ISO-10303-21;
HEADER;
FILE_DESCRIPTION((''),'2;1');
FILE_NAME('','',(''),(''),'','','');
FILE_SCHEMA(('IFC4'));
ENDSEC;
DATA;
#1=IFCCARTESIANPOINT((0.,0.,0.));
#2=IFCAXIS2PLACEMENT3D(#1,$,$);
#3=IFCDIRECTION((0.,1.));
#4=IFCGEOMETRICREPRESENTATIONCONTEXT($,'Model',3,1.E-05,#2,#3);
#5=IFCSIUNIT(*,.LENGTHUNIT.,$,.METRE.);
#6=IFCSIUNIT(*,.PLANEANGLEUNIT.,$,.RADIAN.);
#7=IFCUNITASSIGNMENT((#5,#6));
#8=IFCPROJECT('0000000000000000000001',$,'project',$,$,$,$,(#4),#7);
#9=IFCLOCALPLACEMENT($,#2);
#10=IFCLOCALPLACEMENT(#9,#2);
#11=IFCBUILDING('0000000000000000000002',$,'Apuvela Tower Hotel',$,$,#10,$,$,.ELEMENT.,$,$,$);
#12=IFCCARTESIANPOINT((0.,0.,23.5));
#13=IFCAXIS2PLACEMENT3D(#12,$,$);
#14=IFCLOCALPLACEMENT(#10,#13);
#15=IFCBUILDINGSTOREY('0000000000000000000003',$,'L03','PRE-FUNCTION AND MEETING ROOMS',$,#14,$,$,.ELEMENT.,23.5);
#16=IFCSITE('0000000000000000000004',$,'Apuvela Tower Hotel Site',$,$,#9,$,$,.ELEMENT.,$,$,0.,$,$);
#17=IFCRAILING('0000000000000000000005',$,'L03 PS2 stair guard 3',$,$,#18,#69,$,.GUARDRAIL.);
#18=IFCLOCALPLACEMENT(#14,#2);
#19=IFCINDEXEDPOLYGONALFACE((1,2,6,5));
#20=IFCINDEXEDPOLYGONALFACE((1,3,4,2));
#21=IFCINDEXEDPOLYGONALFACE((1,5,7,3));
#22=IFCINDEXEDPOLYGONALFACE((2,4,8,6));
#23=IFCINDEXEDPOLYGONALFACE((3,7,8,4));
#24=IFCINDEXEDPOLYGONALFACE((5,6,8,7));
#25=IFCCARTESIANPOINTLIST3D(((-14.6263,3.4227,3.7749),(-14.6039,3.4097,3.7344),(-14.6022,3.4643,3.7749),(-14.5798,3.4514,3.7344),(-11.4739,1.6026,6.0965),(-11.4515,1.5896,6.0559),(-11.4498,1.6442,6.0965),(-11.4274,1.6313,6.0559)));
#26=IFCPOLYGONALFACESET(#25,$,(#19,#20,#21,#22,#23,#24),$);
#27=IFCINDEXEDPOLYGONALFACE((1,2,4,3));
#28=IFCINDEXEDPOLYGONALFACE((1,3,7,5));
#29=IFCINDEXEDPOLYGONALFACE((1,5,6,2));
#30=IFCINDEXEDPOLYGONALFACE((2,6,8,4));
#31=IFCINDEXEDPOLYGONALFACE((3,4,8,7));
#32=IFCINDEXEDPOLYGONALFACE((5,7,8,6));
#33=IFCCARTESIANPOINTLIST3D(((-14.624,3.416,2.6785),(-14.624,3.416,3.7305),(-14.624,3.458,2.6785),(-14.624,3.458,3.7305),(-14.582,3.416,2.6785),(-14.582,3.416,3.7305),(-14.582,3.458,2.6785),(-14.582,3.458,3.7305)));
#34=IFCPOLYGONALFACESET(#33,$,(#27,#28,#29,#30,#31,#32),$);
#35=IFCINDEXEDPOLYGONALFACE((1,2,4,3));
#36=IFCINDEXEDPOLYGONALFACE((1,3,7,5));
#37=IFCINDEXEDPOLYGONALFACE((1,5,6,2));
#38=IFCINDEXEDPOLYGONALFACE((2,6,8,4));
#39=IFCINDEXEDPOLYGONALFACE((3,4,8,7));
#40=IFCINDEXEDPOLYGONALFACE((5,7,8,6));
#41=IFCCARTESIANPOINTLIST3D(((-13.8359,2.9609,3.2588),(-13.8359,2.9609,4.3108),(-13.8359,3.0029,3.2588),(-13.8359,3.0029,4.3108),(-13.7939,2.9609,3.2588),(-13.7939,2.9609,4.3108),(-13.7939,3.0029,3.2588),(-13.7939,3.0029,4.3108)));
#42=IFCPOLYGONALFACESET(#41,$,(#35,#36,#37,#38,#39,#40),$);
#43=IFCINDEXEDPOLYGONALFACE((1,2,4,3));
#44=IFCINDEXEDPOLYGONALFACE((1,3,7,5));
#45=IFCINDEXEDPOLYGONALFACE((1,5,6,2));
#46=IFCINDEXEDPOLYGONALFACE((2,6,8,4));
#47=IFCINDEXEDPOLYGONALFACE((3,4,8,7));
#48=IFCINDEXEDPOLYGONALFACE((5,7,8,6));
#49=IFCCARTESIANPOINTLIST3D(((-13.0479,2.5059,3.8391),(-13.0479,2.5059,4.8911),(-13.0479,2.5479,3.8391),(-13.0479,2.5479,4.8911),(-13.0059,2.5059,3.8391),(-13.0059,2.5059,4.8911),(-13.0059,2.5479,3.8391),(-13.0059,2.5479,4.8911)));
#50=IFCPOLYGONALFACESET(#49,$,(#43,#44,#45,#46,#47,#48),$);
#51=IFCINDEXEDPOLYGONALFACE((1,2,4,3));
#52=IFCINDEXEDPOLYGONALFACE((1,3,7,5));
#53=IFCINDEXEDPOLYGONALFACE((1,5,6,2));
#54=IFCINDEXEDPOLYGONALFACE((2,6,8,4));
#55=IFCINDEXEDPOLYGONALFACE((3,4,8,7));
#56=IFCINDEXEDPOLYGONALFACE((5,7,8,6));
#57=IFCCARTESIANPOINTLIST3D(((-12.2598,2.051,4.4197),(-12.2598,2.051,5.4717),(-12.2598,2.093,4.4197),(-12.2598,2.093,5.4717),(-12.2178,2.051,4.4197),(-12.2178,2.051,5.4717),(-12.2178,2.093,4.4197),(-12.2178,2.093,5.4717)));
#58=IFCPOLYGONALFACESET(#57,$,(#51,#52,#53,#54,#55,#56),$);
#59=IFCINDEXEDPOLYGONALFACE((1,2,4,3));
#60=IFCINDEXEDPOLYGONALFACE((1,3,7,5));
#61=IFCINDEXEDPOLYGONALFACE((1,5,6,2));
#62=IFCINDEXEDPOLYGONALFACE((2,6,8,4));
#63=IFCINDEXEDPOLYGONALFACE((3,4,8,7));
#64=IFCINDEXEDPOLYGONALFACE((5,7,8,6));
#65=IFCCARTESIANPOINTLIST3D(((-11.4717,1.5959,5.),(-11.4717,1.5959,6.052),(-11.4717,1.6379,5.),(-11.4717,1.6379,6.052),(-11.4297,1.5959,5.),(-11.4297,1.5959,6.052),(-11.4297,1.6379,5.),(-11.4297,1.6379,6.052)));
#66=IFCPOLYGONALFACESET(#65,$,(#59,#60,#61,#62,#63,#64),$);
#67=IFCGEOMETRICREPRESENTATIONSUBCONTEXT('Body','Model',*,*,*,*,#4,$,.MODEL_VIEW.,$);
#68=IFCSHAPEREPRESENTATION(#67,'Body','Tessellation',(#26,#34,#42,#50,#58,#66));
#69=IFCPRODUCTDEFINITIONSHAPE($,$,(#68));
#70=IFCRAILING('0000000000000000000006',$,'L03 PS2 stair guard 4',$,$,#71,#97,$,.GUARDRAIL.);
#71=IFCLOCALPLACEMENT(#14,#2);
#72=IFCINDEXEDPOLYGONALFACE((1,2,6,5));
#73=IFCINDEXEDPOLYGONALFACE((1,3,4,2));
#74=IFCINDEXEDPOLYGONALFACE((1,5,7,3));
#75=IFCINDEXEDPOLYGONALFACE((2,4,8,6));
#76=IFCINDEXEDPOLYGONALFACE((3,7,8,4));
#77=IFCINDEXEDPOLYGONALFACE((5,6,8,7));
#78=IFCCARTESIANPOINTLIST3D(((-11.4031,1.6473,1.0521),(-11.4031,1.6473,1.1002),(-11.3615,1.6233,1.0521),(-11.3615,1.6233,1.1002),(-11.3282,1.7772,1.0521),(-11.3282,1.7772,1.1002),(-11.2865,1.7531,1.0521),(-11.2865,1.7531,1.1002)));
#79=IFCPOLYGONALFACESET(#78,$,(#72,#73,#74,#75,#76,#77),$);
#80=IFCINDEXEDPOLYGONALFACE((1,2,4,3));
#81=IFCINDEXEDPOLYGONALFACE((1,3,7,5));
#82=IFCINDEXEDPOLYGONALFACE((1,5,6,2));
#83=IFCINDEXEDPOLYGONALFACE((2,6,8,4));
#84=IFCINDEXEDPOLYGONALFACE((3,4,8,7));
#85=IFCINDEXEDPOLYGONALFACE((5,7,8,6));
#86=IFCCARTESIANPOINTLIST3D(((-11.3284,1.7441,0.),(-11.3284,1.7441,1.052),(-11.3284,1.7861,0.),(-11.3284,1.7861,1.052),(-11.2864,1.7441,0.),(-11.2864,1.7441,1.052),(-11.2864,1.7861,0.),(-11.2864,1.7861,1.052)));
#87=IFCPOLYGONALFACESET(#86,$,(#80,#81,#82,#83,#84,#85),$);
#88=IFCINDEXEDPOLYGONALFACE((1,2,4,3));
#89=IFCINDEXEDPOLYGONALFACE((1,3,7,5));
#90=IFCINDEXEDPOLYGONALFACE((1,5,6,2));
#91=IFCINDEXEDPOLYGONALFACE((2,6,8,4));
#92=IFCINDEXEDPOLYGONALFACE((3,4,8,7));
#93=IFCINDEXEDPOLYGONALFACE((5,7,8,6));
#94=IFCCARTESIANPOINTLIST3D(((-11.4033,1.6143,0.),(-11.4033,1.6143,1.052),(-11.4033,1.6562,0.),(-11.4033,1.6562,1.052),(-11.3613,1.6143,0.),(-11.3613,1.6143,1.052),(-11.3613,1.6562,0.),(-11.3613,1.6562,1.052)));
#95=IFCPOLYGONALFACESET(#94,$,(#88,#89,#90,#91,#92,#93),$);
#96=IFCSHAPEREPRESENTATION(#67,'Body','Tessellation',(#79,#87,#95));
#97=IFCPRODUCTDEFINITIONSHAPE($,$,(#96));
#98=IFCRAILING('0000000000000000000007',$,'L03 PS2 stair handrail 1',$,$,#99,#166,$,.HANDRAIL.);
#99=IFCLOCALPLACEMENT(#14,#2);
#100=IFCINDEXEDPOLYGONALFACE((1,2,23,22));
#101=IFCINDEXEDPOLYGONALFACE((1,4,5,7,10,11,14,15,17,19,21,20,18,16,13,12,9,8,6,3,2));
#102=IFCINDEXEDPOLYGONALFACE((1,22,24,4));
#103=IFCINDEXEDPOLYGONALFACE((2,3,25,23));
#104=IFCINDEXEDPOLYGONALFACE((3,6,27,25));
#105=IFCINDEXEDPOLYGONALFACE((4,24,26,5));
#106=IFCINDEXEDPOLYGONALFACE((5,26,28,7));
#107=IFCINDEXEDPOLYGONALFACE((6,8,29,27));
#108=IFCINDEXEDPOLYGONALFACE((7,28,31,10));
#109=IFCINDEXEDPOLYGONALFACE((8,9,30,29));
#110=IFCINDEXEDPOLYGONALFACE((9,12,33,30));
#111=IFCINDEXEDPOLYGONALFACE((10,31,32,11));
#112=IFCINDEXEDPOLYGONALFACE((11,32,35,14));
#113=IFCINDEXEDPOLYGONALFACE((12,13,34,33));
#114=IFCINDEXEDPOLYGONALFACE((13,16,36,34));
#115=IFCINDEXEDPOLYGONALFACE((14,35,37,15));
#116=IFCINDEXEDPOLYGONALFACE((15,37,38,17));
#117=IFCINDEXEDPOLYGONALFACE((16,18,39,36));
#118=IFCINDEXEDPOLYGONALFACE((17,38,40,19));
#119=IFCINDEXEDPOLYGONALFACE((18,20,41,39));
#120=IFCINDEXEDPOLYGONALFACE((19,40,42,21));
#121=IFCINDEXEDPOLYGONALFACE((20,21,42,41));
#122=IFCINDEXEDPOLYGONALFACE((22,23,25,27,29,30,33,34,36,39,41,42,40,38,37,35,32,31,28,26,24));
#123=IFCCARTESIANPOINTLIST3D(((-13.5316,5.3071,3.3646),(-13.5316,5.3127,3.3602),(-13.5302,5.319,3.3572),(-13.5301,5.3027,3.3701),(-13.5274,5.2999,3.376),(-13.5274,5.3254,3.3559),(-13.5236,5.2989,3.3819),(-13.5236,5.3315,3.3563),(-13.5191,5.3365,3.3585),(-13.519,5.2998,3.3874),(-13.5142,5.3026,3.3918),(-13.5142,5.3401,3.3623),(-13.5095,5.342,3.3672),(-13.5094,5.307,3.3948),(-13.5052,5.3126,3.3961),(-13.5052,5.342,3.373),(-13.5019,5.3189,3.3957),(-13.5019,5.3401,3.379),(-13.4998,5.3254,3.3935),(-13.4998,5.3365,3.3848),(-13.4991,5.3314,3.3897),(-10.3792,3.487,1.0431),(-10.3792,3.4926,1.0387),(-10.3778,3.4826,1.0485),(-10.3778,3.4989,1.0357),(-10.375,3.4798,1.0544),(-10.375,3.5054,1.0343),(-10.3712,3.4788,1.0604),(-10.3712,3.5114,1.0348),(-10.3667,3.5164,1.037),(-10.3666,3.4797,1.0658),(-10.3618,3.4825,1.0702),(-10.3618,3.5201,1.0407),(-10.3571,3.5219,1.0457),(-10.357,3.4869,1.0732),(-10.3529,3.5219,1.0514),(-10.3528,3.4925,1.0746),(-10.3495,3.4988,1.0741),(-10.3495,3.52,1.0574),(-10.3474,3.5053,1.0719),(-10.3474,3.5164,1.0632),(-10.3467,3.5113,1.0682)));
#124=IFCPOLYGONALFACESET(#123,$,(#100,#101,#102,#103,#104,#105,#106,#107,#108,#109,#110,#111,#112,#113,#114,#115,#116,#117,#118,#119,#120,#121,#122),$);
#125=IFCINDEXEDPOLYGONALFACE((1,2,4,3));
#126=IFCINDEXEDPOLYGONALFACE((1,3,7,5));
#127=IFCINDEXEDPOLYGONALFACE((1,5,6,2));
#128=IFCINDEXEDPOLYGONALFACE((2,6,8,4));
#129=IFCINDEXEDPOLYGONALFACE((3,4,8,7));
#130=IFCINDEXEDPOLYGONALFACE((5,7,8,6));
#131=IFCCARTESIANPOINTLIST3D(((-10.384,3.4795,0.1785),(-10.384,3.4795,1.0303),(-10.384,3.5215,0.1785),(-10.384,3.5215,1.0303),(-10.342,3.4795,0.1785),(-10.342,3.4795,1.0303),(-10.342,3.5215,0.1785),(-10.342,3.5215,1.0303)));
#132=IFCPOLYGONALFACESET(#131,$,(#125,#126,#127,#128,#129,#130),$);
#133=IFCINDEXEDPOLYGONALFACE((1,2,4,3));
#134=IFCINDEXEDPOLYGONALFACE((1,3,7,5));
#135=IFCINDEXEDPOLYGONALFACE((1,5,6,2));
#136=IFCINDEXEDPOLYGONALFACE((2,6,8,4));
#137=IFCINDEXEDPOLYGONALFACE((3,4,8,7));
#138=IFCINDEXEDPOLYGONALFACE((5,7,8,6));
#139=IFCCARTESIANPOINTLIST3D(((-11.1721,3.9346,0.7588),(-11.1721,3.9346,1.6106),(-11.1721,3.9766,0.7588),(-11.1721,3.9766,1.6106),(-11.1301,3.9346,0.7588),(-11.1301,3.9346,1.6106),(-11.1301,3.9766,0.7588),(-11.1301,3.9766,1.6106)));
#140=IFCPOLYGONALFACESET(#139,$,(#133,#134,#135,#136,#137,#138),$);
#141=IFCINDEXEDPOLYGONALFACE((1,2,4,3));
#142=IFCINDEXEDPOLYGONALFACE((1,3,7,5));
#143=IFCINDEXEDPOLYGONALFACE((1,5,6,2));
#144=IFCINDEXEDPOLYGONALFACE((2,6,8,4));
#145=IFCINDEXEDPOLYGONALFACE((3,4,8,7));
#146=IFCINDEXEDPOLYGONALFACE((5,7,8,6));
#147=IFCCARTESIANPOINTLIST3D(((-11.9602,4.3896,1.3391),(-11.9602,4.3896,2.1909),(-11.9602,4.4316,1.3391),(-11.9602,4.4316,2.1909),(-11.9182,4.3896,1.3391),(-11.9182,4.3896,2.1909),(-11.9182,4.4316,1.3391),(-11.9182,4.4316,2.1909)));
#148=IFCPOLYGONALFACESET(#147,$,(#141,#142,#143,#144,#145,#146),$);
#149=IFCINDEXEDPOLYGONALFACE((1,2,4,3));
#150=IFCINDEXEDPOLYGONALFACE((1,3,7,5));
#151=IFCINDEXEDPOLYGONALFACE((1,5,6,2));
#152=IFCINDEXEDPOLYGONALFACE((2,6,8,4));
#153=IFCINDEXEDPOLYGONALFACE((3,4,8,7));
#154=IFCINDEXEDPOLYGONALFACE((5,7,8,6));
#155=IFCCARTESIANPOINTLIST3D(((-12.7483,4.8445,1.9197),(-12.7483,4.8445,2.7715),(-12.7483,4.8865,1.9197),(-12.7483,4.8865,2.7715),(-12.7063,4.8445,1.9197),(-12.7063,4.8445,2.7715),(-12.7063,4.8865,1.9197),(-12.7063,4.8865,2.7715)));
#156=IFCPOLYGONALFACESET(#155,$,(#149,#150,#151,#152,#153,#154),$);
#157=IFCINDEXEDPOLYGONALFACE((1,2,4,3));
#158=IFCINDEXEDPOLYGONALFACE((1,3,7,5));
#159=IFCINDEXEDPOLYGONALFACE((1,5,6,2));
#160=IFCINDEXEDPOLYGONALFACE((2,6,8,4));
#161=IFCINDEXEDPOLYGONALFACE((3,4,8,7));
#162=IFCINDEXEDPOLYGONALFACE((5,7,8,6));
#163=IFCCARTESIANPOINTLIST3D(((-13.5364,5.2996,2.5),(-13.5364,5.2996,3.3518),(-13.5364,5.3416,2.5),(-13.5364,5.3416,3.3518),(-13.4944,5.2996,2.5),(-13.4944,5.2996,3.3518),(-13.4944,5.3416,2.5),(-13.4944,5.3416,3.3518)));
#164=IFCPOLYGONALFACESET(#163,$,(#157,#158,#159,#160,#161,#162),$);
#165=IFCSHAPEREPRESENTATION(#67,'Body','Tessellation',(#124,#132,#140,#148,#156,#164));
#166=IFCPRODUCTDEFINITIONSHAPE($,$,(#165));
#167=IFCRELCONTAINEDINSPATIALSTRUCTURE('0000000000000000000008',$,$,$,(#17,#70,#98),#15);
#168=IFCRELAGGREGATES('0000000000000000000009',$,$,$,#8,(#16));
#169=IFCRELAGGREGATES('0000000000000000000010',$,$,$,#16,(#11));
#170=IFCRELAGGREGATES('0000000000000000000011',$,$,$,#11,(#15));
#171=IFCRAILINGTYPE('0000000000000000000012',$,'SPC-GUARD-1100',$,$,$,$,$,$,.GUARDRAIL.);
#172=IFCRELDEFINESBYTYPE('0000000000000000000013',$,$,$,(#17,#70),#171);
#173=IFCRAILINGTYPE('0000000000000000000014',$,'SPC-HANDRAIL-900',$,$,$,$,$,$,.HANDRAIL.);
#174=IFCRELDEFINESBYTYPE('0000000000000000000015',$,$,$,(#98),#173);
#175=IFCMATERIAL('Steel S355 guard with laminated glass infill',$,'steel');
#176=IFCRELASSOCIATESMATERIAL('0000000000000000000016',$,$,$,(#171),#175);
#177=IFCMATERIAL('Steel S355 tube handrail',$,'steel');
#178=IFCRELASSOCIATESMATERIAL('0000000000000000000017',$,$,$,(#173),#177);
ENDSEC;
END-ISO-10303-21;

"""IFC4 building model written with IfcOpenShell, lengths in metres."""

from ifc_helpers import new_model, si_unit, direction, frame, origin, origin_2d, place, context, subcontext, project, spatial, rectangle, circle, extrude, material, type_object, element, save


model = new_model("IFC4")

# Units and contexts
model_context = context("Model", 3, precision=1e-05, world=origin(), true_north=direction((0.0, 1.0)))
body_context = subcontext(model_context, "Body", "Model", "MODEL_VIEW")
ifc_project = project(units=[si_unit("LENGTHUNIT", "METRE"), si_unit("PLANEANGLEUNIT", "RADIAN")], contexts=[model_context])

# Site, building, storey
site_placement = place(None, origin())
site = spatial("IfcSite", under=ifc_project, at=site_placement, Name="Apuvela Tower Hotel Site", CompositionType="ELEMENT", RefElevation=0.0)
building_placement = place(site_placement, origin())
building = spatial("IfcBuilding", under=site, at=building_placement, Name="Apuvela Tower Hotel", CompositionType="ELEMENT")
storey_placement = place(building_placement, frame((0.0, 0.0, 23.5)))
storey = spatial("IfcBuildingStorey", under=building, at=storey_placement, Name="L03", Description="PRE-FUNCTION AND MEETING ROOMS", CompositionType="ELEMENT", Elevation=23.5)

# Railings
ifc_material_1 = material(Name="Steel S355 guard with laminated glass infill", Category="steel")
railing_type_1 = type_object("IfcRailingType", Name="SPC-GUARD-1100", PredefinedType="GUARDRAIL", material=ifc_material_1)
railing_1_placement = place(storey_placement, frame((-14.603, 3.437, 2.6785)))
element("IfcRailing", 1, at=railing_1_placement, inside=storey, type_object=railing_type_1, Name="L03 PS2 stair guard 3", PredefinedType="GUARDRAIL", context=body_context, shape_type="SweptSolid", body=[
    extrude(rectangle(XDim=0.0481, YDim=0.0481, at=origin_2d()), frame((0.0, 0.0, 1.0762), z_axis=(0.730159, -0.421572, 0.537723), x_axis=(0.500013, 0.866018, 0.0)), (0.0, 0.0, 1.0), 4.3174),
    extrude(rectangle(XDim=0.042, YDim=0.042, at=origin_2d()), origin(), (0.0, 0.0, 1.0), 1.052),
    extrude(rectangle(XDim=0.042, YDim=0.042, at=origin_2d()), frame((0.7881, -0.4551, 0.5803)), (0.0, 0.0, 1.0), 1.052),
    extrude(rectangle(XDim=0.042, YDim=0.042, at=origin_2d()), frame((1.5762, -0.9102, 1.1606)), (0.0, 0.0, 1.0), 1.052),
    extrude(rectangle(XDim=0.042, YDim=0.042, at=origin_2d()), frame((2.3643, -1.365, 1.7412)), (0.0, 0.0, 1.0), 1.052),
    extrude(rectangle(XDim=0.042, YDim=0.042, at=origin_2d()), frame((3.1523, -1.8201, 2.3215)), (0.0, 0.0, 1.0), 1.052),
])
railing_2_placement = place(storey_placement, frame((-11.3074, 1.7651, 0.0)))
element("IfcRailing", 2, at=railing_2_placement, inside=storey, type_object=railing_type_1, Name="L03 PS2 stair guard 4", PredefinedType="GUARDRAIL", context=body_context, shape_type="SweptSolid", body=[
    extrude(rectangle(XDim=0.0481, YDim=0.0481, at=origin_2d()), frame((0.0, 0.0, 1.0762), z_axis=(-0.499816, -0.866131, 0.0), x_axis=(0.866131, -0.499816, 0.0)), (0.0, 0.0, 1.0), 0.1499),
    extrude(rectangle(XDim=0.042, YDim=0.042, at=origin_2d()), origin(), (0.0, 0.0, 1.0), 1.052),
    extrude(rectangle(XDim=0.042, YDim=0.042, at=origin_2d()), frame((-0.075, -0.1299, 0.0)), (0.0, 0.0, 1.0), 1.052),
])
ifc_material_2 = material(Name="Steel S355 tube handrail", Category="steel")
railing_type_2 = type_object("IfcRailingType", Name="SPC-HANDRAIL-900", PredefinedType="HANDRAIL", material=ifc_material_2)
railing_3_placement = place(storey_placement, frame((-10.363, 3.5005, 0.1785)))
element("IfcRailing", 3, at=railing_3_placement, inside=storey, type_object=railing_type_2, Name="L03 PS2 stair handrail 1", PredefinedType="HANDRAIL", context=body_context, shape_type="SweptSolid", body=[
    extrude(circle(Radius=0.0239, at=origin_2d()), frame((0.0, 0.0, 0.876), z_axis=(-0.730159, 0.421572, 0.537723), x_axis=(-0.500013, -0.866018, 0.0)), (0.0, 0.0, 1.0), 4.3174),
    extrude(rectangle(XDim=0.042, YDim=0.042, at=origin_2d()), origin(), (0.0, 0.0, 1.0), 0.8518),
    extrude(rectangle(XDim=0.042, YDim=0.042, at=origin_2d()), frame((-0.7881, 0.4551, 0.5803)), (0.0, 0.0, 1.0), 0.8518),
    extrude(rectangle(XDim=0.042, YDim=0.042, at=origin_2d()), frame((-1.5762, 0.9102, 1.1606)), (0.0, 0.0, 1.0), 0.8518),
    extrude(rectangle(XDim=0.042, YDim=0.042, at=origin_2d()), frame((-2.3643, 1.365, 1.7412)), (0.0, 0.0, 1.0), 0.8518),
    extrude(rectangle(XDim=0.042, YDim=0.042, at=origin_2d()), frame((-3.1523, 1.8201, 2.3215)), (0.0, 0.0, 1.0), 0.8518),
])

save(model, "model.ifc")
